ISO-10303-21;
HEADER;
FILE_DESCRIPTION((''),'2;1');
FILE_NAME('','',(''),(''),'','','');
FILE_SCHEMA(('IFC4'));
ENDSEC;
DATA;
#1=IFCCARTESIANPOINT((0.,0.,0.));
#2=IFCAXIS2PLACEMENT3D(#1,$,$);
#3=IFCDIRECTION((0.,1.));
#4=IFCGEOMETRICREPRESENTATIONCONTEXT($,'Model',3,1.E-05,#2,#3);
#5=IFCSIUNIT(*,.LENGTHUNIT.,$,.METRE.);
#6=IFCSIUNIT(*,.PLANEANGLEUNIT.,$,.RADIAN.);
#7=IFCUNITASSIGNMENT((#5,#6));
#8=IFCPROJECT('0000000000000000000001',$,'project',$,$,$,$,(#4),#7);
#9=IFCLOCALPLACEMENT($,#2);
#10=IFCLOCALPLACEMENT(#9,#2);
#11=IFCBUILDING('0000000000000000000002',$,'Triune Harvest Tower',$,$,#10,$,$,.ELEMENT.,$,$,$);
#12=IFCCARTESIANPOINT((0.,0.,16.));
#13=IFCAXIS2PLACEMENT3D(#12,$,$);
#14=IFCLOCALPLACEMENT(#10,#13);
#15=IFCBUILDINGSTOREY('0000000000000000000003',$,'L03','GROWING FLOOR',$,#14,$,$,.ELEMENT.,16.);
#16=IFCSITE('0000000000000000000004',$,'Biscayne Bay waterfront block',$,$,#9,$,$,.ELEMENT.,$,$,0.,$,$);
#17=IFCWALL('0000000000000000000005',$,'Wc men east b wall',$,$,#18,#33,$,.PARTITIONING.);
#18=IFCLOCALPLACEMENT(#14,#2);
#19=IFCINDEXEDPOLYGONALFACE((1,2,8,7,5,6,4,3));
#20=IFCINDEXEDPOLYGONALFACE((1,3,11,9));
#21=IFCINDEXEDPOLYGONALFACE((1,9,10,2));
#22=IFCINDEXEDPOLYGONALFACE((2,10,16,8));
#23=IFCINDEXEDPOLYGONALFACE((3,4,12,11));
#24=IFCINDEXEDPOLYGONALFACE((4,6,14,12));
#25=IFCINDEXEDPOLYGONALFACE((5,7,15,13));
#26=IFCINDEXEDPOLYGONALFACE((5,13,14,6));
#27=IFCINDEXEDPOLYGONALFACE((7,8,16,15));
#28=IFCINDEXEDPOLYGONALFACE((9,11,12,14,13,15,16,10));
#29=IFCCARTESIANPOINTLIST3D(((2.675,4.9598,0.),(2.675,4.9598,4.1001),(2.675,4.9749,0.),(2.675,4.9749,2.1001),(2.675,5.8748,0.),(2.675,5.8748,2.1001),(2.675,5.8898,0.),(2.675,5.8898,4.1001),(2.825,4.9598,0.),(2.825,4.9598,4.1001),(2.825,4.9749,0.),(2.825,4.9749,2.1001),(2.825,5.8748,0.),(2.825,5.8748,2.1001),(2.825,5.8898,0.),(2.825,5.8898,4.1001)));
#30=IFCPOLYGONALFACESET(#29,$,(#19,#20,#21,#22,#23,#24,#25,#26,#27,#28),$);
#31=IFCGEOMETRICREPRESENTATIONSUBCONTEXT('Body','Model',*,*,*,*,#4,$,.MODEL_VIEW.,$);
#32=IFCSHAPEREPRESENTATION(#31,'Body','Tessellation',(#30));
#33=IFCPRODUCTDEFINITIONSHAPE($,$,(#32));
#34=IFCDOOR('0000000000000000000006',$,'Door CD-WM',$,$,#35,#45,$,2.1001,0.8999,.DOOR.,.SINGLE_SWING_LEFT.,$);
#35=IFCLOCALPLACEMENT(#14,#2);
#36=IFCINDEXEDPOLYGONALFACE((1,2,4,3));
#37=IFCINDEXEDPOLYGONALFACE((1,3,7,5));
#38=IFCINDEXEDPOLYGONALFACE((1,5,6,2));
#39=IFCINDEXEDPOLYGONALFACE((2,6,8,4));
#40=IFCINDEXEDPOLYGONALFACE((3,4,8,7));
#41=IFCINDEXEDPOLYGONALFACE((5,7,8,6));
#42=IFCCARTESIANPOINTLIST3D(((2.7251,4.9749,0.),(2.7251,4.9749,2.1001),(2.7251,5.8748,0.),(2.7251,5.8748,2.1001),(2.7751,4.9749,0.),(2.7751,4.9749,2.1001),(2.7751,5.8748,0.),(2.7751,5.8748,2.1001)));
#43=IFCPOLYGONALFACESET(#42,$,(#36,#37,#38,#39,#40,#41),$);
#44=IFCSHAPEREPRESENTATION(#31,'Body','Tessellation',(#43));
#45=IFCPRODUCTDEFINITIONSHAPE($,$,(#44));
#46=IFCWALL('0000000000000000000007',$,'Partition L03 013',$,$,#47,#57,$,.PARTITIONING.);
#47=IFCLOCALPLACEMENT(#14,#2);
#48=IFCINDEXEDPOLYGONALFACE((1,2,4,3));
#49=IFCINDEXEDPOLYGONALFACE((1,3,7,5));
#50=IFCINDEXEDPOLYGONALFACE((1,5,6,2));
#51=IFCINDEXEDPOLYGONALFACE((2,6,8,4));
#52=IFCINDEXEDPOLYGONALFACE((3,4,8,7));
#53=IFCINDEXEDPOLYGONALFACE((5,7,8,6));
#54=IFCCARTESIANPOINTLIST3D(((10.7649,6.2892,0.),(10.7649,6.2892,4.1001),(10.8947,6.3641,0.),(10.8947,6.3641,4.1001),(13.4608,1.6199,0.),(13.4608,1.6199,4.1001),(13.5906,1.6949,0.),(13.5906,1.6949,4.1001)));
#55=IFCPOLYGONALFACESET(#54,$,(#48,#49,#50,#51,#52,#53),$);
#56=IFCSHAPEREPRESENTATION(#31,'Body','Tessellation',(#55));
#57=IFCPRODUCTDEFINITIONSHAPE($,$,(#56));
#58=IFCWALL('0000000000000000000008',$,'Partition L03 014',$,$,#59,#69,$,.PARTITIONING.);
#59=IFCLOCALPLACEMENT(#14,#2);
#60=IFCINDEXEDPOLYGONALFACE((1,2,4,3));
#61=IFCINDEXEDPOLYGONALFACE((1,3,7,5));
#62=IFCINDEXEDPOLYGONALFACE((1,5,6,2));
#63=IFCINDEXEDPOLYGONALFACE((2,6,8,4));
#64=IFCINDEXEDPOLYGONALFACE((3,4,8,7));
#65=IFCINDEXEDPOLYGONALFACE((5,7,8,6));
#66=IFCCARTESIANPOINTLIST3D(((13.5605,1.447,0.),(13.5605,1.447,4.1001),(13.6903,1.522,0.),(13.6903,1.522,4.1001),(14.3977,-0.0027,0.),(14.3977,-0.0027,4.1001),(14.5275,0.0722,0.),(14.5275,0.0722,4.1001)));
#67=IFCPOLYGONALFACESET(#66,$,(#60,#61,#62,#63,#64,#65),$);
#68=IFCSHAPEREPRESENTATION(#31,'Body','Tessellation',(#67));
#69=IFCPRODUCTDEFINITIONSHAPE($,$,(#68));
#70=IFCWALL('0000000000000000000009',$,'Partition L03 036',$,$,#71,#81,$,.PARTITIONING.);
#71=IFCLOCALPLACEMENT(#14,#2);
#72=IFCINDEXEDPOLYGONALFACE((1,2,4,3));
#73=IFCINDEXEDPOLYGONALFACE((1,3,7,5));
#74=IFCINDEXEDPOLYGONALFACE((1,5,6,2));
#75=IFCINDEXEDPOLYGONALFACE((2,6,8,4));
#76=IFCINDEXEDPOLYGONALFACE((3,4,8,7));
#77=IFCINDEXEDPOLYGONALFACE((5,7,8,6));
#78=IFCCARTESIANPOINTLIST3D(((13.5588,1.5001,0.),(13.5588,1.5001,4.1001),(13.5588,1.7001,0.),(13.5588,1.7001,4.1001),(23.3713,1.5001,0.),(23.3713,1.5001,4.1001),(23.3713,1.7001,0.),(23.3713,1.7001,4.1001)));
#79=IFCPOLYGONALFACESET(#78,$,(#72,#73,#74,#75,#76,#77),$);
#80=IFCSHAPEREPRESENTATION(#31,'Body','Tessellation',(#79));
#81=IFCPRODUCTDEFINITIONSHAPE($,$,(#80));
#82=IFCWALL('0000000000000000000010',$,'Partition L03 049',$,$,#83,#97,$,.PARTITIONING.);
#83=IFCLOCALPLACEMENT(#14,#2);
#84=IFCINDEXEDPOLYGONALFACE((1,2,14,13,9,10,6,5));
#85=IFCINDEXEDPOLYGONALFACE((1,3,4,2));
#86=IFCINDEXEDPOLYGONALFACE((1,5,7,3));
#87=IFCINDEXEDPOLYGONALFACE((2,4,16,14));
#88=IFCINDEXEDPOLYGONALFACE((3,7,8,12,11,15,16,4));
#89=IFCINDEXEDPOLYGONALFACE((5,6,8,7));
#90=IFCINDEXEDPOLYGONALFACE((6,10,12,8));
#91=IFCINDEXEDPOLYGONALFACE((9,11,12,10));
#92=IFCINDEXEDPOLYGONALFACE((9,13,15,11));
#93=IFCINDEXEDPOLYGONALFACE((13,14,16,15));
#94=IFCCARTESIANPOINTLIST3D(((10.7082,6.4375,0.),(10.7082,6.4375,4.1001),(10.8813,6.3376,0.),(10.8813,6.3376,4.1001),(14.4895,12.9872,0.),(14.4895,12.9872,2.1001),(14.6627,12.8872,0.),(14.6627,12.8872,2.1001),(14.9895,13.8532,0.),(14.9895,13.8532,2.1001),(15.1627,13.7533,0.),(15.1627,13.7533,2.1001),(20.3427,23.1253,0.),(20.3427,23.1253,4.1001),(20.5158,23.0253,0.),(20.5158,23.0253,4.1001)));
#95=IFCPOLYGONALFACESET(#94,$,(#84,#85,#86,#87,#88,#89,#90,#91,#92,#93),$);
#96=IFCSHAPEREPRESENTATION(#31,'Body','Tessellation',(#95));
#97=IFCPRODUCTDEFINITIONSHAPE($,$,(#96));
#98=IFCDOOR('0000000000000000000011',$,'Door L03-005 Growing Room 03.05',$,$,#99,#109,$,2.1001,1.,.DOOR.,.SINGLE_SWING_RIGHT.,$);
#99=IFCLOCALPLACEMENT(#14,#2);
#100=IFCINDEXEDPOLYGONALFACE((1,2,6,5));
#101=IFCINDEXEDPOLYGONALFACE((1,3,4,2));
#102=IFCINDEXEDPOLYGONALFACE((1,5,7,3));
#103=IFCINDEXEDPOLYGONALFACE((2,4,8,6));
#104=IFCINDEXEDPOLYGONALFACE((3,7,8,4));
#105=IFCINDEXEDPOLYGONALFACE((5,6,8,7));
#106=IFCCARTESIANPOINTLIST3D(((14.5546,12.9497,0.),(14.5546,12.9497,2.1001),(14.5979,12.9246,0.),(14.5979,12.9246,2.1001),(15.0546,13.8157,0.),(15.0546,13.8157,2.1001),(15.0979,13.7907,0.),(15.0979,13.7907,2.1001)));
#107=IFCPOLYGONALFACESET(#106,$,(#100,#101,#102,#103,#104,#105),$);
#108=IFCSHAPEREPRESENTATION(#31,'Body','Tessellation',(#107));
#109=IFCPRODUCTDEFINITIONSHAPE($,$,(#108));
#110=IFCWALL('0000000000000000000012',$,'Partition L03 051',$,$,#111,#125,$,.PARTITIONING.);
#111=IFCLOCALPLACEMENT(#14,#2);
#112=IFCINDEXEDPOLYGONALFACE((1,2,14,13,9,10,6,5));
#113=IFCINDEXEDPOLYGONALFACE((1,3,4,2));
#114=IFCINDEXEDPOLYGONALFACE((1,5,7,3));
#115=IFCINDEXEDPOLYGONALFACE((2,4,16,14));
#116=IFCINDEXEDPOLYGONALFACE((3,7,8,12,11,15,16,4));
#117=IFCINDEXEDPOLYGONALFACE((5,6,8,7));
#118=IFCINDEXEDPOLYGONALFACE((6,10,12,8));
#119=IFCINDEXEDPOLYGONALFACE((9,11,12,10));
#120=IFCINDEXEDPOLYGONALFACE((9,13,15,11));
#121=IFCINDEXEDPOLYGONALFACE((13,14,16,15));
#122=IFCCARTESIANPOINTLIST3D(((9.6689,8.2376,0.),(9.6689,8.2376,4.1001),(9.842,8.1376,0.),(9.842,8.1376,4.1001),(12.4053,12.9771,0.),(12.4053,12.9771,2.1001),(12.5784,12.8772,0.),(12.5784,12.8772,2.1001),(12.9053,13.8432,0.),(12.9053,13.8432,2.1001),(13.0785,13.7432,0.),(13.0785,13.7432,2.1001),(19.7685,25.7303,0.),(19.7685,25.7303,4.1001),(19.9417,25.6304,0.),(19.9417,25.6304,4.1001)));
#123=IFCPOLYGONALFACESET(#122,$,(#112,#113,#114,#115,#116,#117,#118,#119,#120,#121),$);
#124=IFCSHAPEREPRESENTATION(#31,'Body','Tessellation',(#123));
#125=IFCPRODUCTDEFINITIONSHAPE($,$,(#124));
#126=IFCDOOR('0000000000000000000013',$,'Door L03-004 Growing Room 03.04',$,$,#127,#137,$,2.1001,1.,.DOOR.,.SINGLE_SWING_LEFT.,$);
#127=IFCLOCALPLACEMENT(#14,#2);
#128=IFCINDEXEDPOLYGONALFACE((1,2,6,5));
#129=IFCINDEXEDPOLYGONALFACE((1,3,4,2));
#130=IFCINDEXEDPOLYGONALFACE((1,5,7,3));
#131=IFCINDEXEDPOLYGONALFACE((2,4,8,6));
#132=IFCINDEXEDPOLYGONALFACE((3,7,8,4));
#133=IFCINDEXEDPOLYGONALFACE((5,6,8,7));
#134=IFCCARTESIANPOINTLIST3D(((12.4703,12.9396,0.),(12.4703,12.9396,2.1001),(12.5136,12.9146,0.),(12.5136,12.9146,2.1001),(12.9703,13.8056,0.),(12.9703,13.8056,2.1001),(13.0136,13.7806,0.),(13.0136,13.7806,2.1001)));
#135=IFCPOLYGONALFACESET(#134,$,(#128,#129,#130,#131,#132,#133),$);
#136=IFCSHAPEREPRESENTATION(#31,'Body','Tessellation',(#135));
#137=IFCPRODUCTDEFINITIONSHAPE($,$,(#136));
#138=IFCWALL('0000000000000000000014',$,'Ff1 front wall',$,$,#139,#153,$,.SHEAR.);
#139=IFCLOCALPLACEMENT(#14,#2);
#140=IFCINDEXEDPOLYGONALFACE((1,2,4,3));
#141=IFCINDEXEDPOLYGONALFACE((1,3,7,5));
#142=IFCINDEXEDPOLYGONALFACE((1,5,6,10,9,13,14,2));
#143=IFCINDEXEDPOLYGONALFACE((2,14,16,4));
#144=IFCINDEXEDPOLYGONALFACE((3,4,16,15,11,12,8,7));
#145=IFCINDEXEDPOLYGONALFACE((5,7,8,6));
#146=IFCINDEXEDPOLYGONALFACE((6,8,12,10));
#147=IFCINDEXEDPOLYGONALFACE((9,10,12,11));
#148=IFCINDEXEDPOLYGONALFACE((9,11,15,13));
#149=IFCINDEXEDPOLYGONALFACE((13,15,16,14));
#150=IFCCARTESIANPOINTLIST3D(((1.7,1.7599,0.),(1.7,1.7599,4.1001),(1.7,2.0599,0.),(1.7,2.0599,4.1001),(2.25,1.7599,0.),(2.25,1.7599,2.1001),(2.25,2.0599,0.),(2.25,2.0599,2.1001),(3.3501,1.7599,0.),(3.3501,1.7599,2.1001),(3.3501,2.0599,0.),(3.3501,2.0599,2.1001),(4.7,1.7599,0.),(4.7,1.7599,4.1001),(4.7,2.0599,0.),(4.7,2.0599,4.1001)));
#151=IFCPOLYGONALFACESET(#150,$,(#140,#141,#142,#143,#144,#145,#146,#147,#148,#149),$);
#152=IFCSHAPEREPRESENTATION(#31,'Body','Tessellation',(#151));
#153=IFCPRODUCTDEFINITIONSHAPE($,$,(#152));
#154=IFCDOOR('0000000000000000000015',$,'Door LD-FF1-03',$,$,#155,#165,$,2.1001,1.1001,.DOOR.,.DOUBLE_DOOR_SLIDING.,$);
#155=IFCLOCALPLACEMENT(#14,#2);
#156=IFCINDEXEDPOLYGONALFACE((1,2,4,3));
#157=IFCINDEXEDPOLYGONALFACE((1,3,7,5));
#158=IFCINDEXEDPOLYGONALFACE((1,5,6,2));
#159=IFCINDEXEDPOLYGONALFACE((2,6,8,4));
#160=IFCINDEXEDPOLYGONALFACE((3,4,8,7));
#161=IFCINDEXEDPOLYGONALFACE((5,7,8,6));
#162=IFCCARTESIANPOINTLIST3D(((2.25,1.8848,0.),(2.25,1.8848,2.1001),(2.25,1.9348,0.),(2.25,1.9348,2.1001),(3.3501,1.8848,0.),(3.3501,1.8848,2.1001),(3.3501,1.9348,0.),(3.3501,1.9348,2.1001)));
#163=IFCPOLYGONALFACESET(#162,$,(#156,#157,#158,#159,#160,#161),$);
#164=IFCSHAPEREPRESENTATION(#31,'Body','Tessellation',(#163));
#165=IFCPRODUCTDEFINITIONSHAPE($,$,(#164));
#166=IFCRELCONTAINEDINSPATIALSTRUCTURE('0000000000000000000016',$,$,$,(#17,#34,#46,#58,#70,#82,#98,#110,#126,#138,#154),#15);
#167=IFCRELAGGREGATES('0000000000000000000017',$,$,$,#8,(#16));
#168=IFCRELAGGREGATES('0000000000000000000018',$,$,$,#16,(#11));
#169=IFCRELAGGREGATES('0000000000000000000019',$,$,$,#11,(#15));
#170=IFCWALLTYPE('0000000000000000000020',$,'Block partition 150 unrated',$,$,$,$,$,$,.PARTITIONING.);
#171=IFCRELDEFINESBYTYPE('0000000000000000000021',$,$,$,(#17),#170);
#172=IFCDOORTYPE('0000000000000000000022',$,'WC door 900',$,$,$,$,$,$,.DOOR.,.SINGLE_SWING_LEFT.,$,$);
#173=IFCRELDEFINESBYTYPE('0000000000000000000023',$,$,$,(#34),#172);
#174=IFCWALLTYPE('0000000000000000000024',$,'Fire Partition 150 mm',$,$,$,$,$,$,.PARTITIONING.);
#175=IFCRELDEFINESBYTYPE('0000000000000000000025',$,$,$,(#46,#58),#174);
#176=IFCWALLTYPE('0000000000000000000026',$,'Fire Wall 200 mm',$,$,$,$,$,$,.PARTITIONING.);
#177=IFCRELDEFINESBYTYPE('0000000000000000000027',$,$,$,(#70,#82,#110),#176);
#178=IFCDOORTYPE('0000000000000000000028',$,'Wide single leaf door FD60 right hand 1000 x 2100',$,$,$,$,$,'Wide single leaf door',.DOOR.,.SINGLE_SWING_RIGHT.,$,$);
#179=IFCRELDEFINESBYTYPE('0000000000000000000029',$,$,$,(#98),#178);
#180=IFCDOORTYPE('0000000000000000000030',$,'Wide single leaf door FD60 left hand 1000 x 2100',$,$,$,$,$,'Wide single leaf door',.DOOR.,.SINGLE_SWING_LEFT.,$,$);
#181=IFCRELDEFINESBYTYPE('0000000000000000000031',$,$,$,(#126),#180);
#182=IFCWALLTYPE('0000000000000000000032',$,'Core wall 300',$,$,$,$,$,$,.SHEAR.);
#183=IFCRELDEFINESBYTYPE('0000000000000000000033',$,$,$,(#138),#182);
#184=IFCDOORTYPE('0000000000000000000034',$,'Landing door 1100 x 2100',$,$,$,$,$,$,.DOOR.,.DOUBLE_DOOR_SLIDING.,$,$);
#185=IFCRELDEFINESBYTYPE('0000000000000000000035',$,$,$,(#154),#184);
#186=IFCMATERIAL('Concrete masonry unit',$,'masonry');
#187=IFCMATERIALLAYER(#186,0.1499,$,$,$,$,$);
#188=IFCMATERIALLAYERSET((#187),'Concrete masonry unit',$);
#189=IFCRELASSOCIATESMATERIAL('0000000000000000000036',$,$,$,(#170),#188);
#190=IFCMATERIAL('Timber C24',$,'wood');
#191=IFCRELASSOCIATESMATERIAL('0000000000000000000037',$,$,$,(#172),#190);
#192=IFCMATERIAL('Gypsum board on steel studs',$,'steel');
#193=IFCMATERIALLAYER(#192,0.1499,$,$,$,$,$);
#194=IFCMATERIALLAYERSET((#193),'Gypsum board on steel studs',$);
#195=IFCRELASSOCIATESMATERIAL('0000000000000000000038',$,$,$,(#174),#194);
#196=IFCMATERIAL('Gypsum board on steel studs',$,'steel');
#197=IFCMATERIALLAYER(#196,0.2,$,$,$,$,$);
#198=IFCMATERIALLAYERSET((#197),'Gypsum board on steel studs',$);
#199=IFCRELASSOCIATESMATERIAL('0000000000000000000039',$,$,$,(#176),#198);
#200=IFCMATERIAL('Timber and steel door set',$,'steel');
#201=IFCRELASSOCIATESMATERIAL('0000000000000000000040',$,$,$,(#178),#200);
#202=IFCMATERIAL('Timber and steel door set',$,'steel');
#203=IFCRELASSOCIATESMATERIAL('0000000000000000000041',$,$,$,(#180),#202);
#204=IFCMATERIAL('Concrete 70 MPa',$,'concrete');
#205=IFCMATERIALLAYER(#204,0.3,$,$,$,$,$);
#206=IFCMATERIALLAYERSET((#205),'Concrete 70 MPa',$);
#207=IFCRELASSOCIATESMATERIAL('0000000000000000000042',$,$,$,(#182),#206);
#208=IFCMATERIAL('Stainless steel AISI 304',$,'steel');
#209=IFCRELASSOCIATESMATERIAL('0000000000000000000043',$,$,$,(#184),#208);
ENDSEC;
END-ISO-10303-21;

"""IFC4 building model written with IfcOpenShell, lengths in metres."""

from ifc_helpers import new_model, si_unit, direction, frame, frame_2d, origin, place, context, subcontext, project, spatial, rectangle, extrude, source, transform, mapped, material, layer, layer_set, type_object, element, fill, save


model = new_model("IFC4")

# Units and contexts
model_context = context("Model", 3, precision=1e-05, world=origin(), true_north=direction((0.0, 1.0)))
body_context = subcontext(model_context, "Body", "Model", "MODEL_VIEW")
ifc_project = project(units=[si_unit("LENGTHUNIT", "METRE"), si_unit("PLANEANGLEUNIT", "RADIAN")], contexts=[model_context])

# Site, building, storey
site_placement = place(None, origin())
site = spatial("IfcSite", under=ifc_project, at=site_placement, Name="Biscayne Bay waterfront block", CompositionType="ELEMENT", RefElevation=0.0)
building_placement = place(site_placement, origin())
building = spatial("IfcBuilding", under=site, at=building_placement, Name="Triune Harvest Tower", CompositionType="ELEMENT")
storey_placement = place(building_placement, frame((0.0, 0.0, 16.0)))
storey = spatial("IfcBuildingStorey", under=building, at=storey_placement, Name="L03", Description="GROWING FLOOR", CompositionType="ELEMENT", Elevation=16.0)

# Wall, opening, door
ifc_material_1 = material(Name="Concrete masonry unit", Category="masonry")
ifc_layer_1 = layer(ifc_material_1, 0.1499)
ifc_layer_set_1 = layer_set([ifc_layer_1], Name="Concrete masonry unit")
wall_type_1 = type_object("IfcWallType", Name="Block partition 150 unrated", PredefinedType="PARTITIONING", material=ifc_layer_set_1)
ifc_material_2 = material(Name="Timber C24", Category="wood")
door_type_1 = type_object("IfcDoorType", Name="WC door 900", OperationType="SINGLE_SWING_LEFT", PredefinedType="DOOR", material=ifc_material_2)
wall_1_placement = place(storey_placement, frame((2.75, 4.96, 0.0), z_axis=(0.0, 0.0, 1.0), x_axis=(0.0, 1.0, 0.0)))
wall_1 = element("IfcWall", 1, at=wall_1_placement, inside=storey, type_object=wall_type_1, Name="Wc men east b wall", PredefinedType="PARTITIONING", context=body_context, shape_type="SweptSolid", body=[
    extrude(rectangle(XDim=0.9299, YDim=0.1499, at=frame_2d((0.4648, 0.0))), origin(), (0.0, 0.0, 1.0), 4.1001),
])
opening_1_placement = place(wall_1_placement, frame((0.0149, 0.0, 0.0)))
opening_1 = element("IfcOpeningElement", 2, at=opening_1_placement, cuts=wall_1, PredefinedType="OPENING", context=body_context, shape_type="SweptSolid", body=[
    extrude(rectangle(XDim=0.8999, YDim=2.1001, at=frame_2d((0.45, 1.05))), frame((0.0, 0.085, 0.0), z_axis=(0.0, -1.0, 0.0), x_axis=(1.0, 0.0, 0.0)), (0.0, 0.0, 1.0), 0.1699),
])
door_1_placement = place(opening_1_placement, origin())
door_1 = element("IfcDoor", 3, at=door_1_placement, inside=storey, type_object=door_type_1, Name="Door CD-WM", OperationType="SINGLE_SWING_LEFT", OverallHeight=2.1001, OverallWidth=0.8999, PredefinedType="DOOR", context=body_context, shape_type="SweptSolid", body=[
    extrude(rectangle(XDim=0.8999, YDim=2.1001, at=frame_2d((0.45, 1.05))), frame((0.0, 0.0249, 0.0), z_axis=(0.0, -1.0, 0.0), x_axis=(1.0, 0.0, 0.0)), (0.0, 0.0, 1.0), 0.05),
])
fill(opening_1, door_1)

# Walls
ifc_material_3 = material(Name="Gypsum board on steel studs", Category="steel")
ifc_layer_2 = layer(ifc_material_3, 0.1499)
ifc_layer_set_2 = layer_set([ifc_layer_2], Name="Gypsum board on steel studs")
wall_type_2 = type_object("IfcWallType", Name="Fire Partition 150 mm", PredefinedType="PARTITIONING", material=ifc_layer_set_2)
wall_2_placement = place(storey_placement, frame((10.8298, 6.3267, 0.0), z_axis=(0.0, 0.0, 1.0), x_axis=(0.500006, -0.866022, 0.0)))
element("IfcWall", 4, at=wall_2_placement, inside=storey, type_object=wall_type_2, Name="Partition L03 013", PredefinedType="PARTITIONING", context=body_context, shape_type="SweptSolid", body=[
    extrude(rectangle(XDim=5.3916, YDim=0.1499, at=frame_2d((2.6958, 0.0))), origin(), (0.0, 0.0, 1.0), 4.1001),
])
wall_3_placement = place(storey_placement, frame((13.6255, 1.4844, 0.0), z_axis=(0.0, 0.0, 1.0), x_axis=(0.500076, -0.865982, 0.0)))
element("IfcWall", 5, at=wall_3_placement, inside=storey, type_object=wall_type_2, Name="Partition L03 014", PredefinedType="PARTITIONING", context=body_context, shape_type="SweptSolid", body=[
    extrude(rectangle(XDim=1.6741, YDim=0.1499, at=frame_2d((0.8369, 0.0))), origin(), (0.0, 0.0, 1.0), 4.1001),
])
ifc_material_4 = material(Name="Gypsum board on steel studs", Category="steel")
ifc_layer_3 = layer(ifc_material_4, 0.2)
ifc_layer_set_3 = layer_set([ifc_layer_3], Name="Gypsum board on steel studs")
wall_type_3 = type_object("IfcWallType", Name="Fire Wall 200 mm", PredefinedType="PARTITIONING", material=ifc_layer_set_3)
wall_4_placement = place(storey_placement, frame((13.5588, 1.6001, 0.0), z_axis=(0.0, 0.0, 1.0), x_axis=(1.0, 0.0, 0.0)))
element("IfcWall", 6, at=wall_4_placement, inside=storey, type_object=wall_type_3, Name="Partition L03 036", PredefinedType="PARTITIONING", context=body_context, shape_type="SweptSolid", body=[
    extrude(rectangle(XDim=9.8125, YDim=0.2, at=frame_2d((4.9062, 0.0))), origin(), (0.0, 0.0, 1.0), 4.1001),
])

# Walls, openings, doors
wall_5_placement = place(storey_placement, frame((10.7947, 6.3875, 0.0), z_axis=(0.0, 0.0, 1.0), x_axis=(0.499994, 0.866029, 0.0)))
wall_5 = element("IfcWall", 7, at=wall_5_placement, inside=storey, type_object=wall_type_3, Name="Partition L03 049", PredefinedType="PARTITIONING", context=body_context, shape_type="SweptSolid", body=[
    extrude(rectangle(XDim=19.2693, YDim=0.2, at=frame_2d((9.6348, 0.0))), origin(), (0.0, 0.0, 1.0), 4.1001),
])
opening_2_placement = place(wall_5_placement, frame((7.563, 0.0, 0.0)))
opening_2 = element("IfcOpeningElement", 8, at=opening_2_placement, cuts=wall_5, PredefinedType="OPENING", context=body_context, shape_type="SweptSolid", body=[
    extrude(rectangle(XDim=1.0, YDim=2.1001, at=frame_2d((0.5, 1.05))), frame((0.0, 0.1099, 0.0), z_axis=(0.0, -1.0, 0.0), x_axis=(1.0, 0.0, 0.0)), (0.0, 0.0, 1.0), 0.22),
])
ifc_material_5 = material(Name="Timber and steel door set", Category="steel")
door_type_2 = type_object("IfcDoorType", Name="Wide single leaf door FD60 right hand 1000 x 2100", ElementType="Wide single leaf door", OperationType="SINGLE_SWING_RIGHT", PredefinedType="DOOR", material=ifc_material_5)
door_2_placement = place(opening_2_placement, origin())
door_2 = element("IfcDoor", 9, at=door_2_placement, inside=storey, type_object=door_type_2, Name="Door L03-005 Growing Room 03.05", OperationType="SINGLE_SWING_RIGHT", OverallHeight=2.1001, OverallWidth=1.0, PredefinedType="DOOR", context=body_context, shape_type="SweptSolid", body=[
    extrude(rectangle(XDim=1.0, YDim=2.1001, at=frame_2d((0.5, 1.05))), frame((0.0, 0.0249, 0.0), z_axis=(0.0, -1.0, 0.0), x_axis=(1.0, 0.0, 0.0)), (0.0, 0.0, 1.0), 0.05),
])
fill(opening_2, door_2)
wall_6_placement = place(storey_placement, frame((9.7554, 8.1875, 0.0), z_axis=(0.0, 0.0, 1.0), x_axis=(0.500008, 0.866021, 0.0)))
wall_6 = element("IfcWall", 10, at=wall_6_placement, inside=storey, type_object=wall_type_3, Name="Partition L03 051", PredefinedType="PARTITIONING", context=body_context, shape_type="SweptSolid", body=[
    extrude(rectangle(XDim=20.199, YDim=0.2, at=frame_2d((10.0996, 0.0))), origin(), (0.0, 0.0, 1.0), 4.1001),
])
opening_3_placement = place(wall_6_placement, frame((5.4729, 0.0, 0.0)))
opening_3 = element("IfcOpeningElement", 11, at=opening_3_placement, cuts=wall_6, PredefinedType="OPENING", context=body_context, shape_type="SweptSolid", body=[
    extrude(rectangle(XDim=1.0, YDim=2.1001, at=frame_2d((0.5, 1.05))), frame((0.0, 0.1099, 0.0), z_axis=(0.0, -1.0, 0.0), x_axis=(1.0, 0.0, 0.0)), (0.0, 0.0, 1.0), 0.22),
])
ifc_material_6 = material(Name="Timber and steel door set", Category="steel")
door_type_3 = type_object("IfcDoorType", Name="Wide single leaf door FD60 left hand 1000 x 2100", ElementType="Wide single leaf door", OperationType="SINGLE_SWING_LEFT", PredefinedType="DOOR", material=ifc_material_6)
door_3_placement = place(opening_3_placement, origin())
door_3 = element("IfcDoor", 12, at=door_3_placement, inside=storey, type_object=door_type_3, Name="Door L03-004 Growing Room 03.04", OperationType="SINGLE_SWING_LEFT", OverallHeight=2.1001, OverallWidth=1.0, PredefinedType="DOOR", context=body_context, shape_type="SweptSolid", body=[
    extrude(rectangle(XDim=1.0, YDim=2.1001, at=frame_2d((0.5, 1.05))), frame((0.0, 0.0249, 0.0), z_axis=(0.0, -1.0, 0.0), x_axis=(1.0, 0.0, 0.0)), (0.0, 0.0, 1.0), 0.05),
])
fill(opening_3, door_3)
ifc_material_7 = material(Name="Concrete 70 MPa", Category="concrete")
ifc_layer_4 = layer(ifc_material_7, 0.3)
ifc_layer_set_4 = layer_set([ifc_layer_4], Name="Concrete 70 MPa")
wall_type_4 = type_object("IfcWallType", Name="Core wall 300", PredefinedType="SHEAR", material=ifc_layer_set_4)
shared_shape_1 = source(origin(), body_context, "Body", "SweptSolid", [
    extrude(rectangle(XDim=3.0, YDim=0.3, at=frame_2d((1.5, 0.0))), origin(), (0.0, 0.0, 1.0), 4.1001),
])
wall_7_placement = place(storey_placement, frame((1.7, 1.9099, 0.0), z_axis=(0.0, 0.0, 1.0), x_axis=(1.0, 0.0, 0.0)))
wall_7 = element("IfcWall", 13, at=wall_7_placement, inside=storey, type_object=wall_type_4, Name="Ff1 front wall", PredefinedType="SHEAR", context=body_context, shape_type="MappedRepresentation", body=[
    mapped(shared_shape_1, transform((0.0, 0.0, 0.0), scale=1.0)),
])
opening_4_placement = place(wall_7_placement, frame((0.55, 0.0, 0.0)))
opening_4 = element("IfcOpeningElement", 14, at=opening_4_placement, cuts=wall_7, PredefinedType="OPENING", context=body_context, shape_type="SweptSolid", body=[
    extrude(rectangle(XDim=1.1001, YDim=2.1001, at=frame_2d((0.55, 1.05))), frame((0.0, 0.1602, 0.0), z_axis=(0.0, -1.0, 0.0), x_axis=(1.0, 0.0, 0.0)), (0.0, 0.0, 1.0), 0.3201),
])
ifc_material_8 = material(Name="Stainless steel AISI 304", Category="steel")
door_type_4 = type_object("IfcDoorType", Name="Landing door 1100 x 2100", OperationType="DOUBLE_DOOR_SLIDING", PredefinedType="DOOR", material=ifc_material_8)
door_4_placement = place(opening_4_placement, origin())
door_4 = element("IfcDoor", 15, at=door_4_placement, inside=storey, type_object=door_type_4, Name="Door LD-FF1-03", OperationType="DOUBLE_DOOR_SLIDING", OverallHeight=2.1001, OverallWidth=1.1001, PredefinedType="DOOR", context=body_context, shape_type="SweptSolid", body=[
    extrude(rectangle(XDim=1.1001, YDim=2.1001, at=frame_2d((0.55, 1.05))), frame((0.0, 0.0249, 0.0), z_axis=(0.0, -1.0, 0.0), x_axis=(1.0, 0.0, 0.0)), (0.0, 0.0, 1.0), 0.05),
])
fill(opening_4, door_4)

save(model, "model.ifc")
